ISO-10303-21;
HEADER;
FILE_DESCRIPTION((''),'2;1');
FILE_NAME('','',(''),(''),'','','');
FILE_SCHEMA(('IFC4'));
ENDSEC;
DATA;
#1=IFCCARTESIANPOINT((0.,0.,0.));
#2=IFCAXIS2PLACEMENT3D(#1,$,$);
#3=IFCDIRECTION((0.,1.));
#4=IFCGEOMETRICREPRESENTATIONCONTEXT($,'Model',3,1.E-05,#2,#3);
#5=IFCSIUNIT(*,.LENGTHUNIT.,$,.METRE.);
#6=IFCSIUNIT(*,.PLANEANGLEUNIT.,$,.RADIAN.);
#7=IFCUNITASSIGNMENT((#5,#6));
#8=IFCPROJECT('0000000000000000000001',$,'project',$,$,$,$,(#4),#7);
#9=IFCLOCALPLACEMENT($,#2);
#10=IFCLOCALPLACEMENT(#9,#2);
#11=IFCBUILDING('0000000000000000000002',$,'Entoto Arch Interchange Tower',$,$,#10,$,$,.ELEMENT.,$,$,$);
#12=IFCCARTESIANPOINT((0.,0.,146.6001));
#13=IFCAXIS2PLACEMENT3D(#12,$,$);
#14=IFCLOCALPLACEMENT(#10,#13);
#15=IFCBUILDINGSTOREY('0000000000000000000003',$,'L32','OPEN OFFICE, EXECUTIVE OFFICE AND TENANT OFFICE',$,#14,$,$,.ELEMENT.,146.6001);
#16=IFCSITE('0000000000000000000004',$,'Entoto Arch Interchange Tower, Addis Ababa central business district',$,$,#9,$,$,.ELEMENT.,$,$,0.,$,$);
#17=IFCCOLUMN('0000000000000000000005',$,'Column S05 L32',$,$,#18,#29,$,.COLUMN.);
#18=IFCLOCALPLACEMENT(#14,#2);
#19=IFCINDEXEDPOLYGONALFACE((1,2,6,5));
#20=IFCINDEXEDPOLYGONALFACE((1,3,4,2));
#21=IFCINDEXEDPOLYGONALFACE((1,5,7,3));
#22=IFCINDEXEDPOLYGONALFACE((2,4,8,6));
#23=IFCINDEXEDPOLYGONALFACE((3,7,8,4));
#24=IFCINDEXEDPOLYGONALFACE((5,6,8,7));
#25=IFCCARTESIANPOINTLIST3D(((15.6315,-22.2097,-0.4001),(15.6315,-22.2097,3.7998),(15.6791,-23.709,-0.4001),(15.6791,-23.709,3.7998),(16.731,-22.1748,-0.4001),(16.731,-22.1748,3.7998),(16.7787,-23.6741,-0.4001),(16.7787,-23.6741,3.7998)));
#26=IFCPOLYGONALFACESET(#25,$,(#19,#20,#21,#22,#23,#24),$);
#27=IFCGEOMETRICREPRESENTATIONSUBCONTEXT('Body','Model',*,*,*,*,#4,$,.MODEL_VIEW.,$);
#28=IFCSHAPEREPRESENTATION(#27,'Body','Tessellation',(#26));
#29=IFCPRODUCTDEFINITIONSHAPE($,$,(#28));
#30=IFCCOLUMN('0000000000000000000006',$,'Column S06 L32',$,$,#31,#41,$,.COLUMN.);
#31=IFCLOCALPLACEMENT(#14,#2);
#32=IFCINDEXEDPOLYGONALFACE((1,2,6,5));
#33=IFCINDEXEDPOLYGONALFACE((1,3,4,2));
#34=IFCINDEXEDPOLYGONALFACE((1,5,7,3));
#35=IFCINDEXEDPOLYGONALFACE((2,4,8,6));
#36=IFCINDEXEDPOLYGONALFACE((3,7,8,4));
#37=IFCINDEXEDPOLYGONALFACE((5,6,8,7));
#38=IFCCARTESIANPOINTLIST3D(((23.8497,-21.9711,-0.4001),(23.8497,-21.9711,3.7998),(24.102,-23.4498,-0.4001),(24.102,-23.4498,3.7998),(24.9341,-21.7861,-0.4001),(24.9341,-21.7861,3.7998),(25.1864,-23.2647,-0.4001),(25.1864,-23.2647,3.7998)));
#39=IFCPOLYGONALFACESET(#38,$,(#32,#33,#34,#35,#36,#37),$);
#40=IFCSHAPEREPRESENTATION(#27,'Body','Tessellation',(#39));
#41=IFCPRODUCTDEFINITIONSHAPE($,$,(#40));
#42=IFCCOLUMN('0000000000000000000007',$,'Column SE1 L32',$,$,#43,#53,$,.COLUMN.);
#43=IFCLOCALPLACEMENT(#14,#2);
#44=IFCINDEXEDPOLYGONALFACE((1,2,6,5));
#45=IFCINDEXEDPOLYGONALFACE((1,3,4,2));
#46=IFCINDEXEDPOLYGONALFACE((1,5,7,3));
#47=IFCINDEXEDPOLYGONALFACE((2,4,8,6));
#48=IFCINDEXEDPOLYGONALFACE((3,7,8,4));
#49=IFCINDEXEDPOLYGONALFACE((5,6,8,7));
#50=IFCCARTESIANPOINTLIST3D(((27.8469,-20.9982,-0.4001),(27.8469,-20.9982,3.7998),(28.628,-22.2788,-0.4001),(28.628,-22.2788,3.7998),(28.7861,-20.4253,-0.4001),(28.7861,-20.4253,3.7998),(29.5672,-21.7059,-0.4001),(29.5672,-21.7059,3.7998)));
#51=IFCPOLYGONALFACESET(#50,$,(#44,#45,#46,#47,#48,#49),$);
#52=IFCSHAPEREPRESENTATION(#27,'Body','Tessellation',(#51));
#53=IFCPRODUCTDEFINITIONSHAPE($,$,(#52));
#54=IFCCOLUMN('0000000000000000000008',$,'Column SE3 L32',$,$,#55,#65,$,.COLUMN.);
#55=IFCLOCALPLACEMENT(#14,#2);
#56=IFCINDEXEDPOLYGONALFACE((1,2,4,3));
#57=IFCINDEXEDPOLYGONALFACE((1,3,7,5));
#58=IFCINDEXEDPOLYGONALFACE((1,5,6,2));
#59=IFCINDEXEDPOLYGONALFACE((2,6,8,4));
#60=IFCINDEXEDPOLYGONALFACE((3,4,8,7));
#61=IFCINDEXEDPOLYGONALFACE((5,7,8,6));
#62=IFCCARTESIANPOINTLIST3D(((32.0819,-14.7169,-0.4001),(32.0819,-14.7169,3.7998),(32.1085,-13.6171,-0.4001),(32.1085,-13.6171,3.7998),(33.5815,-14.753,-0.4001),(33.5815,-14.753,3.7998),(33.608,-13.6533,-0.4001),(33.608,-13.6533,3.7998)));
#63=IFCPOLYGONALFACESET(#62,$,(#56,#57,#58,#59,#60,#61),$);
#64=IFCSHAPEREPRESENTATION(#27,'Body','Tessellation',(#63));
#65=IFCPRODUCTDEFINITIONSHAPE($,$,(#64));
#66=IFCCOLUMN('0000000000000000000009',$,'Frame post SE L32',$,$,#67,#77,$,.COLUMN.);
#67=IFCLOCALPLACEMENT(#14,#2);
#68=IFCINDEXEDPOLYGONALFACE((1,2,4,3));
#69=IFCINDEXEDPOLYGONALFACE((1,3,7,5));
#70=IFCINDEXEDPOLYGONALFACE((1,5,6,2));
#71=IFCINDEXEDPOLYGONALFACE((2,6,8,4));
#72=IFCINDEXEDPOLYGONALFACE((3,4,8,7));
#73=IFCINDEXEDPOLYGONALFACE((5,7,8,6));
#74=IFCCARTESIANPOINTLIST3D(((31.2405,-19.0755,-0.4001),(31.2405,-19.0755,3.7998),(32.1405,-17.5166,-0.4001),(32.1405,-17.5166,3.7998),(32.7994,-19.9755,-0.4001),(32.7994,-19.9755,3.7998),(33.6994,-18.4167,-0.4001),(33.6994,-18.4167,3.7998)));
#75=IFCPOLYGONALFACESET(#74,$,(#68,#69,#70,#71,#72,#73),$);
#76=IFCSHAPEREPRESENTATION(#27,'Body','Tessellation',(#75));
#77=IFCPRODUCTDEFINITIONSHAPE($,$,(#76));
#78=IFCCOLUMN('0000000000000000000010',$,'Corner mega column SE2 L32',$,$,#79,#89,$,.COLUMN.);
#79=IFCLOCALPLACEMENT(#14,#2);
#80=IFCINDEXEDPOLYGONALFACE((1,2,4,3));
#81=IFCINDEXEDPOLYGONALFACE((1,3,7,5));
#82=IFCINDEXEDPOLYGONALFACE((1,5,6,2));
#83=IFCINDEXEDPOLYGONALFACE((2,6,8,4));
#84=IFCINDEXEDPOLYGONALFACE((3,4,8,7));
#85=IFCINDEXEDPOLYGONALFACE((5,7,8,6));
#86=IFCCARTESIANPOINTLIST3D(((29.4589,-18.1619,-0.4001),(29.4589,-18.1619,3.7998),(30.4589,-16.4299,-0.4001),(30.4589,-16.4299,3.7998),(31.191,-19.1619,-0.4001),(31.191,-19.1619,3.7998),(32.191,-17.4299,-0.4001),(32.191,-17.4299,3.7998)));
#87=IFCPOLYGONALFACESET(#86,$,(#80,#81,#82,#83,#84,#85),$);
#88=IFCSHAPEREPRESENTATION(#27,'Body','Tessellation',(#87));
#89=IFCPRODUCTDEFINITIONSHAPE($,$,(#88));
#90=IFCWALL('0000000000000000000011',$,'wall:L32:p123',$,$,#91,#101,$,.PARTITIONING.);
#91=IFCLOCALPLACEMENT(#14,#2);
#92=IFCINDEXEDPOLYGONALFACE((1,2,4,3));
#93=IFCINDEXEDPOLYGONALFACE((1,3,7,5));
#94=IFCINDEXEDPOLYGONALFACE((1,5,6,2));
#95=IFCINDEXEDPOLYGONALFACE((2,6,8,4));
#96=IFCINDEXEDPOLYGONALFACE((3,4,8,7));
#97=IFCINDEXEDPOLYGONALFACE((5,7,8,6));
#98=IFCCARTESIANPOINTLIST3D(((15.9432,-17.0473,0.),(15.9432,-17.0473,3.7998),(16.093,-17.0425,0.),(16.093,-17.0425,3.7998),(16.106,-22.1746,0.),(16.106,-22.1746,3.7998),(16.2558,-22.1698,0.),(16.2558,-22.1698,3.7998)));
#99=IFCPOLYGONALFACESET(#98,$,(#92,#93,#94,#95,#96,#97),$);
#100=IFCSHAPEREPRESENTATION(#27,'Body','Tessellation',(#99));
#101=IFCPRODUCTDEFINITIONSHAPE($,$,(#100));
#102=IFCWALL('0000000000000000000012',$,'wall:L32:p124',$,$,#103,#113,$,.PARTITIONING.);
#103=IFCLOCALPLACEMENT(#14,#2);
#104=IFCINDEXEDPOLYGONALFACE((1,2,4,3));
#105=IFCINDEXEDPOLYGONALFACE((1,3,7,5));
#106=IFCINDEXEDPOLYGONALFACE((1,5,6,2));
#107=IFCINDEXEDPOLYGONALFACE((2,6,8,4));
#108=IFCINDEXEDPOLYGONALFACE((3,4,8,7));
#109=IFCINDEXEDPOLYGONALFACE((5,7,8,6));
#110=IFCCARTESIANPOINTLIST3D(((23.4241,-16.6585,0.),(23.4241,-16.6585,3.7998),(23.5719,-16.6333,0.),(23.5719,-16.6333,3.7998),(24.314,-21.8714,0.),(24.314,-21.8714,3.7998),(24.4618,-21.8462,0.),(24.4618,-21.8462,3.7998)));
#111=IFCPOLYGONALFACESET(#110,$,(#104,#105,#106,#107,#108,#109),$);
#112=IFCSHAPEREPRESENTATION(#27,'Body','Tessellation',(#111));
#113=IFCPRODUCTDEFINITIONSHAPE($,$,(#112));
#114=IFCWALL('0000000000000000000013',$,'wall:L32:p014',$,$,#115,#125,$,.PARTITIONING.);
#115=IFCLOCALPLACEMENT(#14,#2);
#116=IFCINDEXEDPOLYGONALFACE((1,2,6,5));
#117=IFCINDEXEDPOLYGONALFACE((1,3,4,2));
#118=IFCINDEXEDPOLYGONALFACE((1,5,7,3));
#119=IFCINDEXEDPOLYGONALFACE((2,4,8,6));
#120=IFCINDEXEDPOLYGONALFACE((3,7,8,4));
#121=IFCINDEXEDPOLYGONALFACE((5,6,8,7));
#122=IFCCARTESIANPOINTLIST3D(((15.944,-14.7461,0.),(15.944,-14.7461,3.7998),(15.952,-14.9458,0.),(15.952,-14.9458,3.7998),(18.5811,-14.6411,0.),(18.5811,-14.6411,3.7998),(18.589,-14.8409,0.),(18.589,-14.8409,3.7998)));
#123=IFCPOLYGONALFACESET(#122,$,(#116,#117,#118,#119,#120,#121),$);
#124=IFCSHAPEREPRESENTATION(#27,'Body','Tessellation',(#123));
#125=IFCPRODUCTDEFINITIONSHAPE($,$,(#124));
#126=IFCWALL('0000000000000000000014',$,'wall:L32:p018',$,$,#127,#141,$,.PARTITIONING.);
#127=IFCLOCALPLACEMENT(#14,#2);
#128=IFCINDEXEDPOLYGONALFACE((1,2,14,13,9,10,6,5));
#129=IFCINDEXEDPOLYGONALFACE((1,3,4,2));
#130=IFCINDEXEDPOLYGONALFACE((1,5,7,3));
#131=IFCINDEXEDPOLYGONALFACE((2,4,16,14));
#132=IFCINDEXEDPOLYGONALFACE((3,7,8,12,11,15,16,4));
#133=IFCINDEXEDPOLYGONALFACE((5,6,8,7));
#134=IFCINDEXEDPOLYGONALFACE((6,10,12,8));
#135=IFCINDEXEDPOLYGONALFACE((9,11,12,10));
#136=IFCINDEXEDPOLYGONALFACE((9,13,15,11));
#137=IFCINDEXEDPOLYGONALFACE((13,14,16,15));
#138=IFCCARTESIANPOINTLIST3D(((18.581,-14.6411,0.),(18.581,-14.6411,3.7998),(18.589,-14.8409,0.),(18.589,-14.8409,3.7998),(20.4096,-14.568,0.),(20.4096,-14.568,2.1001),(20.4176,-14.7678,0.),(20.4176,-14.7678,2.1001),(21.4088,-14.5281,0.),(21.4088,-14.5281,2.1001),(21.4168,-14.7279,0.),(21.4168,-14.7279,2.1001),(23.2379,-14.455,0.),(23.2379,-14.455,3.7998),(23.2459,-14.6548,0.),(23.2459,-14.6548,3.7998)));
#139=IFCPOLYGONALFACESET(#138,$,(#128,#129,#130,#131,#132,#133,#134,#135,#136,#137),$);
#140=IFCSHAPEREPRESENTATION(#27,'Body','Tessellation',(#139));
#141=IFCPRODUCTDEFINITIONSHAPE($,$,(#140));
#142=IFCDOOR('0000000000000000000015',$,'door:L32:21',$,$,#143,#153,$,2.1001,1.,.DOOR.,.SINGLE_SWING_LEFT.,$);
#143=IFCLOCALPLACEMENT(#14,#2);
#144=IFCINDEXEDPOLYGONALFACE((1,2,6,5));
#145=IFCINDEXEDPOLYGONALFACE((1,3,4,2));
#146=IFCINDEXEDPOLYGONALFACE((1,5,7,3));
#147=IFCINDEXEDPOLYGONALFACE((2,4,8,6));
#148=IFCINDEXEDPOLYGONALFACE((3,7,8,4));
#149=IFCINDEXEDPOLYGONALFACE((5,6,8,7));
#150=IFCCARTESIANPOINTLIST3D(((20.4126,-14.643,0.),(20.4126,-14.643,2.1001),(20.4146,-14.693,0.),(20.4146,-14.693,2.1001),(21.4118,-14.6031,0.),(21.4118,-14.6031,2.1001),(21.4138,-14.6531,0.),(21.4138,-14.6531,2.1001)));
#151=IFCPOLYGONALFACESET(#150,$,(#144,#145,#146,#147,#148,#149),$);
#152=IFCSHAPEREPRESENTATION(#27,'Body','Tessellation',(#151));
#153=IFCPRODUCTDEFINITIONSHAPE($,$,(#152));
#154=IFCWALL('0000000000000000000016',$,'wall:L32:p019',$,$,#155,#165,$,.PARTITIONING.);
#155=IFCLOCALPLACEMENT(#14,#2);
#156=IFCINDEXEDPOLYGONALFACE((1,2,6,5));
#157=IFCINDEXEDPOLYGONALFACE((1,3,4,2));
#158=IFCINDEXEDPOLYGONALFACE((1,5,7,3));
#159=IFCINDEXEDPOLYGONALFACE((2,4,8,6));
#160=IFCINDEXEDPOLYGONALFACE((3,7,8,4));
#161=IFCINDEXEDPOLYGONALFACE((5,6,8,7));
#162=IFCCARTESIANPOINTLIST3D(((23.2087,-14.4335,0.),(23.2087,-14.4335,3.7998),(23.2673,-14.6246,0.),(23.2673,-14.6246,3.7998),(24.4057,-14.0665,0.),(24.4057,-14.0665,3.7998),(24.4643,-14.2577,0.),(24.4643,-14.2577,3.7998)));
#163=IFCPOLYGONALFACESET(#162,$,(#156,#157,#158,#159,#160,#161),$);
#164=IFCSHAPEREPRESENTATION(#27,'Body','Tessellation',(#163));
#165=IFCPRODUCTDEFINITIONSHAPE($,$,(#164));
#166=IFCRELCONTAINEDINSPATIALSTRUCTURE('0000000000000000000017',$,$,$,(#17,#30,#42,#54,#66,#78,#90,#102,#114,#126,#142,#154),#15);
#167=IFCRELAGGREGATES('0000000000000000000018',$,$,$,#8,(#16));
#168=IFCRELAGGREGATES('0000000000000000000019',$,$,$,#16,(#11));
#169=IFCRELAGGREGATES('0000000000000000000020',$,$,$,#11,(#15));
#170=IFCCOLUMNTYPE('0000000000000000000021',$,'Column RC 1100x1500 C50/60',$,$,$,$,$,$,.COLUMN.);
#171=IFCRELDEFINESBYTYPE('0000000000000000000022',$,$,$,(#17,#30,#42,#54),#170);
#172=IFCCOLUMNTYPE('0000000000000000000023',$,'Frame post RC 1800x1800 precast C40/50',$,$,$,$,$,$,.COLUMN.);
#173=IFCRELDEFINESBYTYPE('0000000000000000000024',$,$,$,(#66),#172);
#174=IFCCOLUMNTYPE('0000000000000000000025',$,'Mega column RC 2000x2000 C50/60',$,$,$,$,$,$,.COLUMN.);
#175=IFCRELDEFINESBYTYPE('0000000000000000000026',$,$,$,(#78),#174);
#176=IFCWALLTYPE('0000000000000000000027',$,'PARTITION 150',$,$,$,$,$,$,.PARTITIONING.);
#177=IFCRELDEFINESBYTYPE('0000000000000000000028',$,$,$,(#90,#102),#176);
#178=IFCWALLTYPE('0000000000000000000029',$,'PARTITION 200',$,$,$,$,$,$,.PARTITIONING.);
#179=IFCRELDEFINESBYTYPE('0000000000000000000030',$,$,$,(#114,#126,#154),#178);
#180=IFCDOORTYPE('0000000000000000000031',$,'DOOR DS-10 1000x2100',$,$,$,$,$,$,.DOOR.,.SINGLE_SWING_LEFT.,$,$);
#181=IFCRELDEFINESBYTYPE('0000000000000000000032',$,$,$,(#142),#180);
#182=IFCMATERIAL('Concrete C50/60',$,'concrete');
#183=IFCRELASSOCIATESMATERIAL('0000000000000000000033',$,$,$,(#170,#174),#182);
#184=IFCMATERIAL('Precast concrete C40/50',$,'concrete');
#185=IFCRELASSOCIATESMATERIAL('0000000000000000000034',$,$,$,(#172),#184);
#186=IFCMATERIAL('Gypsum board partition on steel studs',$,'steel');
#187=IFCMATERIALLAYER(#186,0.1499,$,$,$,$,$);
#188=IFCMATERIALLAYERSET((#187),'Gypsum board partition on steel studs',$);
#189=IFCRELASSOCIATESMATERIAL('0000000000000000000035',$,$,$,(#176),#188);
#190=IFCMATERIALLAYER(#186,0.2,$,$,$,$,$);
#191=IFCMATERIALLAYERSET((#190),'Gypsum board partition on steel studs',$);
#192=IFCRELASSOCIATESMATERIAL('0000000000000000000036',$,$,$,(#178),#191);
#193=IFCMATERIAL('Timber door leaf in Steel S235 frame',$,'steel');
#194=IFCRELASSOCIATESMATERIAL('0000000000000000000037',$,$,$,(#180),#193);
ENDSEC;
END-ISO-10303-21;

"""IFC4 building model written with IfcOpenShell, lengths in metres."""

from ifc_helpers import new_model, si_unit, direction, frame, frame_2d, origin, origin_2d, place, context, subcontext, project, spatial, rectangle, extrude, material, layer, layer_set, material_profile, profile_set, type_object, element, fill, save


model = new_model("IFC4")

# Units and contexts
model_context = context("Model", 3, precision=1e-05, world=origin(), true_north=direction((0.0, 1.0)))
body_context = subcontext(model_context, "Body", "Model", "MODEL_VIEW")
ifc_project = project(units=[si_unit("LENGTHUNIT", "METRE"), si_unit("PLANEANGLEUNIT", "RADIAN")], contexts=[model_context])

# Site, building, storey
site_placement = place(None, origin())
site = spatial("IfcSite", under=ifc_project, at=site_placement, Name="Entoto Arch Interchange Tower, Addis Ababa central business district", CompositionType="ELEMENT", RefElevation=0.0)
building_placement = place(site_placement, origin())
building = spatial("IfcBuilding", under=site, at=building_placement, Name="Entoto Arch Interchange Tower", CompositionType="ELEMENT")
storey_placement = place(building_placement, frame((0.0, 0.0, 146.6001)))
storey = spatial("IfcBuildingStorey", under=building, at=storey_placement, Name="L32", Description="OPEN OFFICE, EXECUTIVE OFFICE AND TENANT OFFICE", CompositionType="ELEMENT", Elevation=146.6001)

# Columns
ifc_material_1 = material(Name="Concrete C50/60", Category="concrete")
ifc_material_profile_1 = material_profile(ifc_material_1, rectangle(XDim=1.1001, YDim=1.5, at=origin_2d()))
ifc_profile_set_1 = profile_set([ifc_material_profile_1], Name="Concrete C50/60")
column_type_1 = type_object("IfcColumnType", Name="Column RC 1100x1500 C50/60", PredefinedType="COLUMN", material=ifc_profile_set_1)
for number, where, z_axis, x_axis, name in (
    (1, (16.2051, -22.9419, -0.4001), (0.0, 0.0, 1.0), (0.999496, 0.031742, 0.0), "Column S05 L32"),
    (2, (24.5181, -22.6179, -0.4001), (0.0, 0.0, 1.0), (0.985753, 0.168197, 0.0), "Column S06 L32"),
    (3, (28.707, -21.3521, -0.4001), (0.0, 0.0, 1.0), (0.853714, 0.520741, 0.0), "Column SE1 L32"),
    (4, (32.845, -14.1851, -0.4001), (0.0, 0.0, 1.0), (0.024118, 0.999709, 0.0), "Column SE3 L32"),
):
    element("IfcColumn", number, at=place(storey_placement, frame(where, z_axis=z_axis, x_axis=x_axis)), inside=storey, type_object=column_type_1, Name=name, PredefinedType="COLUMN", context=body_context, shape_type="SweptSolid", body=[
        extrude(rectangle(XDim=1.1001, YDim=1.5, at=origin_2d()), origin(), (0.0, 0.0, 1.0), 4.2),
    ])
ifc_material_2 = material(Name="Precast concrete C40/50", Category="concrete")
ifc_material_profile_2 = material_profile(ifc_material_2, rectangle(XDim=1.8, YDim=1.8, at=origin_2d()))
ifc_profile_set_2 = profile_set([ifc_material_profile_2], Name="Precast concrete C40/50")
column_type_2 = type_object("IfcColumnType", Name="Frame post RC 1800x1800 precast C40/50", PredefinedType="COLUMN", material=ifc_profile_set_2)
column_1_placement = place(storey_placement, frame((32.47, -18.7461, -0.4001), z_axis=(0.0, 0.0, 1.0), x_axis=(-0.866025, 0.5, 0.0)))
element("IfcColumn", 5, at=column_1_placement, inside=storey, type_object=column_type_2, Name="Frame post SE L32", PredefinedType="COLUMN", context=body_context, shape_type="SweptSolid", body=[
    extrude(rectangle(XDim=1.8, YDim=1.8, at=origin_2d()), origin(), (0.0, 0.0, 1.0), 4.2),
])
ifc_material_profile_3 = material_profile(ifc_material_1, rectangle(XDim=2.0, YDim=2.0, at=origin_2d()))
ifc_profile_set_3 = profile_set([ifc_material_profile_3], Name="Concrete C50/60")
column_type_3 = type_object("IfcColumnType", Name="Mega column RC 2000x2000 C50/60", PredefinedType="COLUMN", material=ifc_profile_set_3)
column_2_placement = place(storey_placement, frame((30.825, -17.7959, -0.4001), z_axis=(0.0, 0.0, 1.0), x_axis=(-0.866025, 0.5, 0.0)))
element("IfcColumn", 6, at=column_2_placement, inside=storey, type_object=column_type_3, Name="Corner mega column SE2 L32", PredefinedType="COLUMN", context=body_context, shape_type="SweptSolid", body=[
    extrude(rectangle(XDim=2.0, YDim=2.0, at=origin_2d()), origin(), (0.0, 0.0, 1.0), 4.2),
])

# Walls
ifc_material_3 = material(Name="Gypsum board partition on steel studs", Category="steel")
ifc_layer_1 = layer(ifc_material_3, 0.1499)
ifc_layer_set_1 = layer_set([ifc_layer_1], Name="Gypsum board partition on steel studs")
wall_type_1 = type_object("IfcWallType", Name="PARTITION 150", PredefinedType="PARTITIONING", material=ifc_layer_set_1)
wall_1_placement = place(storey_placement, frame((16.0181, -17.0449, 0.0), z_axis=(0.0, 0.0, 1.0), x_axis=(0.031744, -0.999496, 0.0)))
element("IfcWall", 7, at=wall_1_placement, inside=storey, type_object=wall_type_1, Name="wall:L32:p123", PredefinedType="PARTITIONING", context=body_context, shape_type="SweptSolid", body=[
    extrude(rectangle(XDim=5.1299, YDim=0.1499, at=frame_2d((2.5649, 0.0))), origin(), (0.0, 0.0, 1.0), 3.7998),
])
wall_2_placement = place(storey_placement, frame((23.498, -16.646, 0.0), z_axis=(0.0, 0.0, 1.0), x_axis=(0.168276, -0.98574, 0.0)))
element("IfcWall", 8, at=wall_2_placement, inside=storey, type_object=wall_type_1, Name="wall:L32:p124", PredefinedType="PARTITIONING", context=body_context, shape_type="SweptSolid", body=[
    extrude(rectangle(XDim=5.2883, YDim=0.1499, at=frame_2d((2.644, 0.0))), origin(), (0.0, 0.0, 1.0), 3.7998),
])
ifc_layer_2 = layer(ifc_material_3, 0.2)
ifc_layer_set_2 = layer_set([ifc_layer_2], Name="Gypsum board partition on steel studs")
wall_type_2 = type_object("IfcWallType", Name="PARTITION 200", PredefinedType="PARTITIONING", material=ifc_layer_set_2)
wall_3_placement = place(storey_placement, frame((15.948, -14.8459, 0.0), z_axis=(0.0, 0.0, 1.0), x_axis=(0.999208, 0.03978, 0.0)))
element("IfcWall", 9, at=wall_3_placement, inside=storey, type_object=wall_type_2, Name="wall:L32:p014", PredefinedType="PARTITIONING", context=body_context, shape_type="SweptSolid", body=[
    extrude(rectangle(XDim=2.6392, YDim=0.2, at=frame_2d((1.3196, 0.0))), origin(), (0.0, 0.0, 1.0), 3.7998),
])

# Wall, opening, door
wall_4_placement = place(storey_placement, frame((18.585, -14.741, 0.0), z_axis=(0.0, 0.0, 1.0), x_axis=(0.999203, 0.039916, 0.0)))
wall_4 = element("IfcWall", 10, at=wall_4_placement, inside=storey, type_object=wall_type_2, Name="wall:L32:p018", PredefinedType="PARTITIONING", context=body_context, shape_type="SweptSolid", body=[
    extrude(rectangle(XDim=4.6606, YDim=0.2, at=frame_2d((2.3303, 0.0))), origin(), (0.0, 0.0, 1.0), 3.7998),
])
opening_1_placement = place(wall_4_placement, frame((1.8301, 0.0, 0.0)))
opening_1 = element("IfcOpeningElement", 11, at=opening_1_placement, cuts=wall_4, PredefinedType="OPENING", context=body_context, shape_type="SweptSolid", body=[
    extrude(rectangle(XDim=1.0, YDim=2.1001, at=frame_2d((0.5, 1.05))), frame((0.0, 0.1099, 0.0), z_axis=(0.0, -1.0, 0.0), x_axis=(1.0, 0.0, 0.0)), (0.0, 0.0, 1.0), 0.22),
])
ifc_material_4 = material(Name="Timber door leaf in Steel S235 frame", Category="steel")
door_type = type_object("IfcDoorType", Name="DOOR DS-10 1000x2100", OperationType="SINGLE_SWING_LEFT", PredefinedType="DOOR", material=ifc_material_4)
door_1_placement = place(opening_1_placement, origin())
door_1 = element("IfcDoor", 12, at=door_1_placement, inside=storey, type_object=door_type, Name="door:L32:21", OperationType="SINGLE_SWING_LEFT", OverallHeight=2.1001, OverallWidth=1.0, PredefinedType="DOOR", context=body_context, shape_type="SweptSolid", body=[
    extrude(rectangle(XDim=1.0, YDim=2.1001, at=frame_2d((0.5, 1.05))), frame((0.0, 0.0249, 0.0), z_axis=(0.0, -1.0, 0.0), x_axis=(1.0, 0.0, 0.0)), (0.0, 0.0, 1.0), 0.05),
])
fill(opening_1, door_1)

# Wall
wall_5_placement = place(storey_placement, frame((23.238, -14.5291, 0.0), z_axis=(0.0, 0.0, 1.0), x_axis=(0.956086, 0.293085, 0.0)))
element("IfcWall", 13, at=wall_5_placement, inside=storey, type_object=wall_type_2, Name="wall:L32:p019", PredefinedType="PARTITIONING", context=body_context, shape_type="SweptSolid", body=[
    extrude(rectangle(XDim=1.252, YDim=0.2, at=frame_2d((0.626, 0.0))), origin(), (0.0, 0.0, 1.0), 3.7998),
])

save(model, "model.ifc")
